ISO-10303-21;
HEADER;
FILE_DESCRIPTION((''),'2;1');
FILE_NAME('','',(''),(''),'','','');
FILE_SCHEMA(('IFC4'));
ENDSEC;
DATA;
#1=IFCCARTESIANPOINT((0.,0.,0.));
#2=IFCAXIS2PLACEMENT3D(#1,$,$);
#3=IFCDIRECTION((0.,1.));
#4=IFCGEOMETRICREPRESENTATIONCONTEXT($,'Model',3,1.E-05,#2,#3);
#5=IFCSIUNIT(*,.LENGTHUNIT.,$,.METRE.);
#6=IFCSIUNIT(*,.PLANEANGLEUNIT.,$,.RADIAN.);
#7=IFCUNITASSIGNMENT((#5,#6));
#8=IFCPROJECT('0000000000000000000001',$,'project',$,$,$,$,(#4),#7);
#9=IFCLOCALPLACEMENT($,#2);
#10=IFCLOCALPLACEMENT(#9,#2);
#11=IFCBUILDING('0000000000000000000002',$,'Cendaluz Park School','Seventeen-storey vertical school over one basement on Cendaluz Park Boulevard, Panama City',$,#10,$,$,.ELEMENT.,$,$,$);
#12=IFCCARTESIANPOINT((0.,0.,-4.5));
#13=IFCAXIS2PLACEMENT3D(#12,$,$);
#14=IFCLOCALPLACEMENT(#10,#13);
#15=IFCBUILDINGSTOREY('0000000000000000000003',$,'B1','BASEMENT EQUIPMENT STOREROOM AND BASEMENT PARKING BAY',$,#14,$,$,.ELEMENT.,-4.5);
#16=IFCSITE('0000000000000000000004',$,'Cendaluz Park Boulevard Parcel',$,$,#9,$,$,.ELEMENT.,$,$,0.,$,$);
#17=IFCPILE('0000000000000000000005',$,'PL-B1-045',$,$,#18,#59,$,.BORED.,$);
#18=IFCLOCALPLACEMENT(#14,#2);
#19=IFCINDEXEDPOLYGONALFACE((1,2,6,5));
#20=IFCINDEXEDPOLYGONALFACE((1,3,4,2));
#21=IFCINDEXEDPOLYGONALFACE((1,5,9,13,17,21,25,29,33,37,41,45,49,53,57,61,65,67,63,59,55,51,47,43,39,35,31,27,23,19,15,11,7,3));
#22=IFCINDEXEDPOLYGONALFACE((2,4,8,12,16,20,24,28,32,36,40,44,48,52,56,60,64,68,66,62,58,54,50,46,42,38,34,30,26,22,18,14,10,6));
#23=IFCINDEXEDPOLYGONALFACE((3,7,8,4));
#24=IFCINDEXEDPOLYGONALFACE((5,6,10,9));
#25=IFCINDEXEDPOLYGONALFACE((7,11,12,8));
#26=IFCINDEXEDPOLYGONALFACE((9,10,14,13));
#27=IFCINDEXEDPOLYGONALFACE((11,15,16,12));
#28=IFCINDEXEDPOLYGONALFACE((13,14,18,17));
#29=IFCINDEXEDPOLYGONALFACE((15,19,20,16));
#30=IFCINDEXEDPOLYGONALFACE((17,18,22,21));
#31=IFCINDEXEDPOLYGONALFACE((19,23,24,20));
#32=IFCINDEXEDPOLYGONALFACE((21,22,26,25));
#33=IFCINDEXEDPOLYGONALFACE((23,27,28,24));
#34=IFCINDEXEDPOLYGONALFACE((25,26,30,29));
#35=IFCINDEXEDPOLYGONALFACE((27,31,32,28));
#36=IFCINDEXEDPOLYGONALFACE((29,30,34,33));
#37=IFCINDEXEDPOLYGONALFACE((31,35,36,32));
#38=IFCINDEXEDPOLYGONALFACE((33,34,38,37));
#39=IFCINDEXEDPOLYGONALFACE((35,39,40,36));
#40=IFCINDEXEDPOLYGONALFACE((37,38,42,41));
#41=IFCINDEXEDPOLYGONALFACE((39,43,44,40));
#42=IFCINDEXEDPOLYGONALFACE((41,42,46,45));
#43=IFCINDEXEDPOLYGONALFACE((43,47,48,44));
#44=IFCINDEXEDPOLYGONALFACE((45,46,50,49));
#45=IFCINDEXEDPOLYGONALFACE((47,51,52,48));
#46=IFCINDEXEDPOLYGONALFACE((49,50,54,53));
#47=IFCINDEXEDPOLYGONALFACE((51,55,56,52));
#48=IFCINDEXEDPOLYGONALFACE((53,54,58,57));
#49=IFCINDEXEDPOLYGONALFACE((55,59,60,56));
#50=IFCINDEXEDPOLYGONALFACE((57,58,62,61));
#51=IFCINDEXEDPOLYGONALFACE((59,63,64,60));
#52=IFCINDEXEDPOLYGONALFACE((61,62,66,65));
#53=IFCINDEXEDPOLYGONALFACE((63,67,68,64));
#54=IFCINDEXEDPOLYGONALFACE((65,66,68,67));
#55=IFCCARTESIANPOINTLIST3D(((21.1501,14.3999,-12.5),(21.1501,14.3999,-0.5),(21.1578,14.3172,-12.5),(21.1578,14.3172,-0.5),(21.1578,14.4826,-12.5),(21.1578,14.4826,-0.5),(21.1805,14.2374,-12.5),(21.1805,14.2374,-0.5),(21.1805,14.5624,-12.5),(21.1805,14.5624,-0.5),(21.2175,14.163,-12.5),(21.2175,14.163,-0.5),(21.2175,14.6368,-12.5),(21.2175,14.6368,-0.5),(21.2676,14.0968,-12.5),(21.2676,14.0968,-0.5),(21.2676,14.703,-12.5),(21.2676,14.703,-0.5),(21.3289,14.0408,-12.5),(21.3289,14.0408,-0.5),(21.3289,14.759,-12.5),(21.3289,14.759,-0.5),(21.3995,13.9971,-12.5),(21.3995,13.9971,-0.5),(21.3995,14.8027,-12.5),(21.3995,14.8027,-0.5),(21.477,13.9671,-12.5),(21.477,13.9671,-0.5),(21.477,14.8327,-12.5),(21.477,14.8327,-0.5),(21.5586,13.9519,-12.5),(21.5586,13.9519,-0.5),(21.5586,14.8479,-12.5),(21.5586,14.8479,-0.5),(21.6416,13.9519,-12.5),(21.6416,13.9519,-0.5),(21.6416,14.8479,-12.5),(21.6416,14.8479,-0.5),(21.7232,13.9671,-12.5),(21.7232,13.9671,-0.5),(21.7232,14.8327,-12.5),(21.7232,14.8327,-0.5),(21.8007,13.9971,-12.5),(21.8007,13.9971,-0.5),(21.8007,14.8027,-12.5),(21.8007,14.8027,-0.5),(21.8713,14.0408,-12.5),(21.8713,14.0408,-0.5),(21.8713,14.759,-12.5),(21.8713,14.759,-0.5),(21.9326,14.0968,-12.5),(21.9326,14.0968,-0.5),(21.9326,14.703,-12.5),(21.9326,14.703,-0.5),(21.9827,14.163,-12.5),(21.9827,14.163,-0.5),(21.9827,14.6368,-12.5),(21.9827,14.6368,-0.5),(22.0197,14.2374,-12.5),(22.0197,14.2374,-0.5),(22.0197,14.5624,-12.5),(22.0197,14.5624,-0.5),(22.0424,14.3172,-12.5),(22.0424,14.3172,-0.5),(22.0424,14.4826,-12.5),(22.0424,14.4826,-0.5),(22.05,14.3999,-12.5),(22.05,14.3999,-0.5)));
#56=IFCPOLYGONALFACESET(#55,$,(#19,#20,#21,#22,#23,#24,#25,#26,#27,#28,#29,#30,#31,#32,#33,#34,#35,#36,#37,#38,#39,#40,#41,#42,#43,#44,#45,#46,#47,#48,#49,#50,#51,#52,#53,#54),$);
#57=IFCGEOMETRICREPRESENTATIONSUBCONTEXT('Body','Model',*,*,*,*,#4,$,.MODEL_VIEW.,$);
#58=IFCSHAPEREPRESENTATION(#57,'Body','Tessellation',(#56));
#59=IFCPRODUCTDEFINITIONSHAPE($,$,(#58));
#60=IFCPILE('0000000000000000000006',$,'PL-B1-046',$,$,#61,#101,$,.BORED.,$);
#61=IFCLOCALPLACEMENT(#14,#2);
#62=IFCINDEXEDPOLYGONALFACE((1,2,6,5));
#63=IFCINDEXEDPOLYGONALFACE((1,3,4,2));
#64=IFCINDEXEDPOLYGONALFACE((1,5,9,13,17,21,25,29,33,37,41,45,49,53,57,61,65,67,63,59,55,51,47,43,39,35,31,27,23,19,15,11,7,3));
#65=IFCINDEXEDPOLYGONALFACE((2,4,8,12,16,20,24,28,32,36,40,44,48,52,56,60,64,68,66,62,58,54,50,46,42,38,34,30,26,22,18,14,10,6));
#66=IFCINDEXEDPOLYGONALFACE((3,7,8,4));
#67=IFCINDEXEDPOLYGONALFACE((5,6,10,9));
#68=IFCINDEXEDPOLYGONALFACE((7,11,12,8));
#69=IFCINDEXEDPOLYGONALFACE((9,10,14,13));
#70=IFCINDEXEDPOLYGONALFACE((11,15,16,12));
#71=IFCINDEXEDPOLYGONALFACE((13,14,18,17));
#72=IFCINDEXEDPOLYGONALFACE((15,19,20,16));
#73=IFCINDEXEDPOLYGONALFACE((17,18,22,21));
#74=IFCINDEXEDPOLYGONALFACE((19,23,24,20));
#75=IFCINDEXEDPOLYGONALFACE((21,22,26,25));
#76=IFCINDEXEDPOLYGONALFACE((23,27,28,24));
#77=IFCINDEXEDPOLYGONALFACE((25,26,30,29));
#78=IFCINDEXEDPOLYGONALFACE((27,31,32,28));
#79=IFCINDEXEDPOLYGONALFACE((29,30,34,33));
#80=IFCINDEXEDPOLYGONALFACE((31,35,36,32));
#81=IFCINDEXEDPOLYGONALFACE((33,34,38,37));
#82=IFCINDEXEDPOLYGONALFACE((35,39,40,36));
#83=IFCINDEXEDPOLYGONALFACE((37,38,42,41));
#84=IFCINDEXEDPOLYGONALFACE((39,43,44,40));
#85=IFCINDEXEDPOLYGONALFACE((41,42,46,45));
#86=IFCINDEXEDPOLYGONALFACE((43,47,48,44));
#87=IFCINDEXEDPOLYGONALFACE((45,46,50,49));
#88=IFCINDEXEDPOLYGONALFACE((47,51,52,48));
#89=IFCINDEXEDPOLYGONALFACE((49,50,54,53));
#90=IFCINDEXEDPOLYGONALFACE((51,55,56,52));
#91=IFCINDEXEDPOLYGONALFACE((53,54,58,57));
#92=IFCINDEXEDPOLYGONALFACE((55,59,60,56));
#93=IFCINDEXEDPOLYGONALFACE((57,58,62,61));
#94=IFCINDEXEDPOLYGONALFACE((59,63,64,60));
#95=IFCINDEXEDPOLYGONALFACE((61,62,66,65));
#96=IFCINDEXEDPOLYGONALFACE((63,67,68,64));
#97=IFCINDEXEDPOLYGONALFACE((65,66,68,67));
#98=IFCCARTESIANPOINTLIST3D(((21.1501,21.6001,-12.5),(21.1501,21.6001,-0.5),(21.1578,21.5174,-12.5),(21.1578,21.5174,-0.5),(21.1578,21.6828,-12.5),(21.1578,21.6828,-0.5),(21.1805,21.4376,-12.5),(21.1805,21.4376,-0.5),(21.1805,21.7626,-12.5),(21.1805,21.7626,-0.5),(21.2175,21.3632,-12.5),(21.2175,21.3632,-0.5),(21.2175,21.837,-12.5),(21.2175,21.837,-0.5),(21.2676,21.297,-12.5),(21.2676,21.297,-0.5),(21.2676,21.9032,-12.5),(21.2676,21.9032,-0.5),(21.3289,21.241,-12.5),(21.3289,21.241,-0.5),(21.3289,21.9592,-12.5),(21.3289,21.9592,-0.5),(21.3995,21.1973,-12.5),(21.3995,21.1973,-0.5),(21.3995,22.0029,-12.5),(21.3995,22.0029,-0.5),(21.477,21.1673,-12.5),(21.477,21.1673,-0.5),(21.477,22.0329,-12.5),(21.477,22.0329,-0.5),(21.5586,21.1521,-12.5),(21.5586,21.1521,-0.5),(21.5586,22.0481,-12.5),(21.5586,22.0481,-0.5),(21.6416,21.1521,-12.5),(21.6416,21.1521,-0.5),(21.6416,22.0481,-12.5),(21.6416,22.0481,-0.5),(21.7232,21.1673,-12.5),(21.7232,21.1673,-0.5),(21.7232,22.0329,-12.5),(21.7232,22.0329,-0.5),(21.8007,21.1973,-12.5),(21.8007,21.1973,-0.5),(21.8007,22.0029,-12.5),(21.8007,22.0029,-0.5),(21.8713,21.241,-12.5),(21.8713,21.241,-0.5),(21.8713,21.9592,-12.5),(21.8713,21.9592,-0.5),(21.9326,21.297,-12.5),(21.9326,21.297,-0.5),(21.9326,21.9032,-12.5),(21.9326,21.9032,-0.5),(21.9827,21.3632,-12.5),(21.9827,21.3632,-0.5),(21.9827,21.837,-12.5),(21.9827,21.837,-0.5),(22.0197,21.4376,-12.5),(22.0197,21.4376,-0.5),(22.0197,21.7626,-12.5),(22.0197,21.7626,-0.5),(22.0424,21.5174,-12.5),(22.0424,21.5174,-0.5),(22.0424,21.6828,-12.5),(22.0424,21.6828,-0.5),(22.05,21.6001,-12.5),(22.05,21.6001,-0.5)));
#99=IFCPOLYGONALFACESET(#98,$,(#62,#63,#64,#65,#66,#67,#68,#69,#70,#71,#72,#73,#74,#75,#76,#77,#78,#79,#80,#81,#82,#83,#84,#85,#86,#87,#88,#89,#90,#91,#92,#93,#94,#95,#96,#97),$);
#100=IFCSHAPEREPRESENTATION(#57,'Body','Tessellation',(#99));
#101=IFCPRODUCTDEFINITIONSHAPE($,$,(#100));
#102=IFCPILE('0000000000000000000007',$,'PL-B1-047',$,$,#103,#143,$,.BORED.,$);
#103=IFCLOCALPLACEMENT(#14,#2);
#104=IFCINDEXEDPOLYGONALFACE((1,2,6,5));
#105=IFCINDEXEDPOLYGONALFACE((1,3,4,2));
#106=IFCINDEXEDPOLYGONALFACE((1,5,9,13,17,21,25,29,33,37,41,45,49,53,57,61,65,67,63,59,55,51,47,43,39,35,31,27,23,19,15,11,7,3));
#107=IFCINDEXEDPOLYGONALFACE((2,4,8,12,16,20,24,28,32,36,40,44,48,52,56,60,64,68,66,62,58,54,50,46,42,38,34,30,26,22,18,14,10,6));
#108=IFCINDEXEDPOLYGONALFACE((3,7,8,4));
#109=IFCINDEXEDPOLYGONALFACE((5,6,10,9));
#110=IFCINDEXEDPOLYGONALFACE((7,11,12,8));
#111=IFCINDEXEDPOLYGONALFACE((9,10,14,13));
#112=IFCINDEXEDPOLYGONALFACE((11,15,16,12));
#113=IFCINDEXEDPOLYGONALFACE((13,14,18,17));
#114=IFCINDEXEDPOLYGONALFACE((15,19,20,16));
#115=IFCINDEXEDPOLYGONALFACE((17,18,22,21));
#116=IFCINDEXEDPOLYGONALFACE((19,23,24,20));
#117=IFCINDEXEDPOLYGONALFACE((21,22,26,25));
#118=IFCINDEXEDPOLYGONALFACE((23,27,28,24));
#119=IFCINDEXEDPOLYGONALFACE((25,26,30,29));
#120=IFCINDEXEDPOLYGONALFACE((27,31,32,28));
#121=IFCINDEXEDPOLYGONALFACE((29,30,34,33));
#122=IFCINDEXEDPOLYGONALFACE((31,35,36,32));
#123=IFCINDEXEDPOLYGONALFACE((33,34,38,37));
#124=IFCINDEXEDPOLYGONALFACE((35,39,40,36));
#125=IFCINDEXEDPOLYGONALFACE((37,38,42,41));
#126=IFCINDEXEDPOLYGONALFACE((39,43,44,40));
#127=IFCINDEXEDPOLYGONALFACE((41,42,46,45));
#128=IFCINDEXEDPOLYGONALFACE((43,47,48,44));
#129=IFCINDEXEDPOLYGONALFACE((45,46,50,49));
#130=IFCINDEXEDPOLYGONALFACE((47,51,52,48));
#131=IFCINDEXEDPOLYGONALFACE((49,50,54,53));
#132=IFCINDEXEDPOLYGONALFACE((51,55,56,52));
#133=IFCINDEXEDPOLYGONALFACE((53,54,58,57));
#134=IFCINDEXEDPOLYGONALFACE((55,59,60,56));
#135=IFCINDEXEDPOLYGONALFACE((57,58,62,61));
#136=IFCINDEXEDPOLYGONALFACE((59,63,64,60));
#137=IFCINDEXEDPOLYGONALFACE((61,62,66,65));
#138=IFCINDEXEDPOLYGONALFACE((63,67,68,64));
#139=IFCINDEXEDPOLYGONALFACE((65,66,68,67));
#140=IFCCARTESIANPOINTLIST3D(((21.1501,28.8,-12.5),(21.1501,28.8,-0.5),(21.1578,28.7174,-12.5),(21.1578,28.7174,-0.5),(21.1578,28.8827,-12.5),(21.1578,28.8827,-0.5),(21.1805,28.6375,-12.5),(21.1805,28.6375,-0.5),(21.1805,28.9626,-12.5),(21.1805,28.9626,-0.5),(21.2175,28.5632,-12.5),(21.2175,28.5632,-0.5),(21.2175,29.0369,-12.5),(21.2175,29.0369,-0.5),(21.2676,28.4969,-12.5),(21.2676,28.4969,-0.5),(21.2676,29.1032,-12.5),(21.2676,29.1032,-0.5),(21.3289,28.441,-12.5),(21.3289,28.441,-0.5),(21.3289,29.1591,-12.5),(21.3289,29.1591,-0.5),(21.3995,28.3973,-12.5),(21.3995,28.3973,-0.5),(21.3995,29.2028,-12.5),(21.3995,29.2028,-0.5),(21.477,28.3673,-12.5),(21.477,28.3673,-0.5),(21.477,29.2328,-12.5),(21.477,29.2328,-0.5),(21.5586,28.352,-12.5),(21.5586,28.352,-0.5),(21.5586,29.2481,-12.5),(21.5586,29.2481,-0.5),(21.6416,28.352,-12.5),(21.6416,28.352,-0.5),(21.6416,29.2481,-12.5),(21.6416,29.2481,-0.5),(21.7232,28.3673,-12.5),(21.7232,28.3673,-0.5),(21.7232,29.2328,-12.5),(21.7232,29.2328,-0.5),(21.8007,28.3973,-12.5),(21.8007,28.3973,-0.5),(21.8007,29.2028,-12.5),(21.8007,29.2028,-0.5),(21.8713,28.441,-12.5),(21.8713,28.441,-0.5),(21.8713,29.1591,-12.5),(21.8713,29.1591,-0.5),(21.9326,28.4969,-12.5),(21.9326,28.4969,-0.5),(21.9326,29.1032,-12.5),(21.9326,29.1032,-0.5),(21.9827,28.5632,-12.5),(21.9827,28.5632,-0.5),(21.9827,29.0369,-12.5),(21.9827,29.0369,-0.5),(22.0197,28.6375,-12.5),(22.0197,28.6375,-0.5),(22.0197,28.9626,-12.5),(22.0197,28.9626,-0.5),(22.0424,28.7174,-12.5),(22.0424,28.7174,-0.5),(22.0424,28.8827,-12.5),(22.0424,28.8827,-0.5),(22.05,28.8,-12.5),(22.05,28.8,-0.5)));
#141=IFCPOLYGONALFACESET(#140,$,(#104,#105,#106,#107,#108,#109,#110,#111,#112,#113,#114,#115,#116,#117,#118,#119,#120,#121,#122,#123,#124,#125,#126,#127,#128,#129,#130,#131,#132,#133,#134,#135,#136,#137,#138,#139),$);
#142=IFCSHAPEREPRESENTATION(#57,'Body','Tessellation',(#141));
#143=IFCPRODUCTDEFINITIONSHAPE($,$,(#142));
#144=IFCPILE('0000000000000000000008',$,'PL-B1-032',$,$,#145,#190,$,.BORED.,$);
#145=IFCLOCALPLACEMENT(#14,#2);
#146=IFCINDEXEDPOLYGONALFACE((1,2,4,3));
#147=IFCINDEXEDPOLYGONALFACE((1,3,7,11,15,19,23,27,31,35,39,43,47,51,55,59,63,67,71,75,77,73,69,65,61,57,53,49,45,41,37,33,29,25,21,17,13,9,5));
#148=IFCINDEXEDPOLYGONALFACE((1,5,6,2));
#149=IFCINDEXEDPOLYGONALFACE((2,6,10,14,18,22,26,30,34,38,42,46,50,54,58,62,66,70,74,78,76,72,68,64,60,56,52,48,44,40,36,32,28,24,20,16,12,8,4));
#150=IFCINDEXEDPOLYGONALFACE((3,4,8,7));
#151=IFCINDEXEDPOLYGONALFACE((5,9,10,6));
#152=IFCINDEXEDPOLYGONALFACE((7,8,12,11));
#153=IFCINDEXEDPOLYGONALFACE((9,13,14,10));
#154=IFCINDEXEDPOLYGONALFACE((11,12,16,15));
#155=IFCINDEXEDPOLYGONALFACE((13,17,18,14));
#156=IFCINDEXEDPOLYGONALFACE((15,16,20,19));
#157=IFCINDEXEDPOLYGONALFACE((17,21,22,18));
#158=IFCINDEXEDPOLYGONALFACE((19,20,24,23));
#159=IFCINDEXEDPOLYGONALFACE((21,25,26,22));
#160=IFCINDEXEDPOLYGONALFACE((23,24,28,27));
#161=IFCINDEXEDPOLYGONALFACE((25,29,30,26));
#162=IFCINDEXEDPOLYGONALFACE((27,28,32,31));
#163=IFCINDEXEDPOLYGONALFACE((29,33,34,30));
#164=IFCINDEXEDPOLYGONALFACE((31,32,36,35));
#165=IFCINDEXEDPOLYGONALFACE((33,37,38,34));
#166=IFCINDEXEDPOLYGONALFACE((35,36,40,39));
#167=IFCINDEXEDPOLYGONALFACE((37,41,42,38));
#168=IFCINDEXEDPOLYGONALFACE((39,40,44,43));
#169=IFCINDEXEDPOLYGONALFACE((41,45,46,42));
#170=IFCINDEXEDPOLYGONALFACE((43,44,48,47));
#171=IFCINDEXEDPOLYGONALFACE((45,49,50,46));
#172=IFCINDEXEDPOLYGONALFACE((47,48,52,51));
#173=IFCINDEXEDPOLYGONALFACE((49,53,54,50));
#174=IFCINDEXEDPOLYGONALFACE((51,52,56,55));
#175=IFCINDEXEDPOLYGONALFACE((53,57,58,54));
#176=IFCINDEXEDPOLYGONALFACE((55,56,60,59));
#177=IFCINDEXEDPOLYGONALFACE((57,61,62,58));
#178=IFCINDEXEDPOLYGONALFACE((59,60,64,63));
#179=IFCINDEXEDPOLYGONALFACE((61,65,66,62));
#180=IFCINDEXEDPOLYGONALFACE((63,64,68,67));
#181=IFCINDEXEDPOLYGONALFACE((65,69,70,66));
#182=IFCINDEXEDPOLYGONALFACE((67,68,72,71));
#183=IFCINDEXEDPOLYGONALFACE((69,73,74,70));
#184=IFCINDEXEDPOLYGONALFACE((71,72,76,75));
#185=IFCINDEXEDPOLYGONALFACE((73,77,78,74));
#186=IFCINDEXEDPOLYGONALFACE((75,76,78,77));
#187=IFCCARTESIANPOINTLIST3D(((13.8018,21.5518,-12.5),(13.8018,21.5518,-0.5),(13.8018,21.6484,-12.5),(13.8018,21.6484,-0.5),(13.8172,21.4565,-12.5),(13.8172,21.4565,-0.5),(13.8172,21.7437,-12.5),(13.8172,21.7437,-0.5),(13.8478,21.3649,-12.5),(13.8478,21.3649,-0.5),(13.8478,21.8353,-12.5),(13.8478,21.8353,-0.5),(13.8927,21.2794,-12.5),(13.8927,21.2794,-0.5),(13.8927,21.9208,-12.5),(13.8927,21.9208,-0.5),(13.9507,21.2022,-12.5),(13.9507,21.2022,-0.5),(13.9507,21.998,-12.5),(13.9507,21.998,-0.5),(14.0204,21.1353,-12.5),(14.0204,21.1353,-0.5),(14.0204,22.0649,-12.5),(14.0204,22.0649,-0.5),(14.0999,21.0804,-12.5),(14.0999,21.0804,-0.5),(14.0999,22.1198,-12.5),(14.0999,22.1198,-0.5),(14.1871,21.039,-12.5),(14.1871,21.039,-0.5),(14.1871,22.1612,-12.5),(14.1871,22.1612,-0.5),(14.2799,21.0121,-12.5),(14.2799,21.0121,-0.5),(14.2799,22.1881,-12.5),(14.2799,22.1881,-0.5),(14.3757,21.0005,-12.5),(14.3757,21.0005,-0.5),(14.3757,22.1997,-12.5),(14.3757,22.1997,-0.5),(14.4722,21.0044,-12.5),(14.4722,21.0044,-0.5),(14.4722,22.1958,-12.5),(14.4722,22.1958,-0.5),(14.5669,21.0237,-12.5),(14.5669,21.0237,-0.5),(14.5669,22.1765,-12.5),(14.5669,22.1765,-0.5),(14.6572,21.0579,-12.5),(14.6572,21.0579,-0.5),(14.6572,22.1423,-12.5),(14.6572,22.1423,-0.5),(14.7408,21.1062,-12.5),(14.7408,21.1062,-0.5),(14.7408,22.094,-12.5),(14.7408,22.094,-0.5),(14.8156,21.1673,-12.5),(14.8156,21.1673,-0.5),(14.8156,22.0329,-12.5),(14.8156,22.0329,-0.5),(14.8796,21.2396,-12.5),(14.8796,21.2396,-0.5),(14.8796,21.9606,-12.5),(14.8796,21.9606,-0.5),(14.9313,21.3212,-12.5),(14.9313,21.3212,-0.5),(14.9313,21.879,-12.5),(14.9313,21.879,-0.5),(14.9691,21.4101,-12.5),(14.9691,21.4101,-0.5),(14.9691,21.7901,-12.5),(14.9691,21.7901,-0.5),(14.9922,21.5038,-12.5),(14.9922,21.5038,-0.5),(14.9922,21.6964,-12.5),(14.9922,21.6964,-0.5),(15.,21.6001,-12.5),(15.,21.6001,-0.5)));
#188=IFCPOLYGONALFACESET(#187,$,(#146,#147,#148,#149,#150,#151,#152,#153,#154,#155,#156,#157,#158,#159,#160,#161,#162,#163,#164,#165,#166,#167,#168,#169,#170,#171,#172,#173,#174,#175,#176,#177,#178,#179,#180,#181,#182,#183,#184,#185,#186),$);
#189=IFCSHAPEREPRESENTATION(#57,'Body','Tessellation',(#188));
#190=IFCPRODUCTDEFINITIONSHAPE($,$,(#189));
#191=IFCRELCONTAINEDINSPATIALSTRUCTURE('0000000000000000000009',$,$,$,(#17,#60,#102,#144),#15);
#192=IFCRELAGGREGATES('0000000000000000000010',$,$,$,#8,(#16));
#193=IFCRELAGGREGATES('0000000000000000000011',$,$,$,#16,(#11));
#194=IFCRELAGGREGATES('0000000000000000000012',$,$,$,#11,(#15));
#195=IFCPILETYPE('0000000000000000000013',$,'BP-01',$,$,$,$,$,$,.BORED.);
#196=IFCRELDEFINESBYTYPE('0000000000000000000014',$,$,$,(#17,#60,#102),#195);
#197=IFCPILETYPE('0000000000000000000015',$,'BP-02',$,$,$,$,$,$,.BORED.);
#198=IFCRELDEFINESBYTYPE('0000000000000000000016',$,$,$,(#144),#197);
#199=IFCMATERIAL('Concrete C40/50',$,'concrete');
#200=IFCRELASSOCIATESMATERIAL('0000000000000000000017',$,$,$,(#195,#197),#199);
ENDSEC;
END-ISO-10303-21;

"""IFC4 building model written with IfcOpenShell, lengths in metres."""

from ifc_helpers import new_model, si_unit, direction, frame, origin, origin_2d, place, context, subcontext, project, spatial, circle, extrude, material, material_profile, profile_set, type_object, element, save


model = new_model("IFC4")

# Units and contexts
model_context = context("Model", 3, precision=1e-05, world=origin(), true_north=direction((0.0, 1.0)))
body_context = subcontext(model_context, "Body", "Model", "MODEL_VIEW")
ifc_project = project(units=[si_unit("LENGTHUNIT", "METRE"), si_unit("PLANEANGLEUNIT", "RADIAN")], contexts=[model_context])

# Site, building, storey
site_placement = place(None, origin())
site = spatial("IfcSite", under=ifc_project, at=site_placement, Name="Cendaluz Park Boulevard Parcel", CompositionType="ELEMENT", RefElevation=0.0)
building_placement = place(site_placement, origin())
building = spatial("IfcBuilding", under=site, at=building_placement, Name="Cendaluz Park School", Description="Seventeen-storey vertical school over one basement on Cendaluz Park Boulevard, Panama City", CompositionType="ELEMENT")
storey_placement = place(building_placement, frame((0.0, 0.0, -4.5)))
storey = spatial("IfcBuildingStorey", under=building, at=storey_placement, Name="B1", Description="BASEMENT EQUIPMENT STOREROOM AND BASEMENT PARKING BAY", CompositionType="ELEMENT", Elevation=-4.5)

# Piles
ifc_material_1 = material(Name="Concrete C40/50", Category="concrete")
ifc_material_profile_1 = material_profile(ifc_material_1, circle(Radius=0.45, at=origin_2d()), Name="BP D900", Category="concrete")
ifc_profile_set_1 = profile_set([ifc_material_profile_1], Name="Concrete C40/50")
pile_type_1 = type_object("IfcPileType", Name="BP-01", PredefinedType="BORED", material=ifc_profile_set_1)
for number, where, z_axis, x_axis, name in (
    (1, (21.6001, 14.3999, -0.5), (0.0, 0.0, -1.0), (1.0, 0.0, 0.0), "PL-B1-045"),
    (2, (21.6001, 21.6001, -0.5), (0.0, 0.0, -1.0), (1.0, 0.0, 0.0), "PL-B1-046"),
    (3, (21.6001, 28.8, -0.5), (0.0, 0.0, -1.0), (1.0, 0.0, 0.0), "PL-B1-047"),
):
    element("IfcPile", number, at=place(storey_placement, frame(where, z_axis=z_axis, x_axis=x_axis)), inside=storey, type_object=pile_type_1, Name=name, PredefinedType="BORED", context=body_context, shape_type="SweptSolid", body=[
        extrude(circle(Radius=0.45, at=origin_2d()), origin(), (0.0, 0.0, 1.0), 12.0),
    ])
ifc_material_profile_2 = material_profile(ifc_material_1, circle(Radius=0.6001, at=origin_2d()), Name="BP D1200", Category="concrete")
ifc_profile_set_2 = profile_set([ifc_material_profile_2], Name="Concrete C40/50")
pile_type_2 = type_object("IfcPileType", Name="BP-02", PredefinedType="BORED", material=ifc_profile_set_2)
for number, where, z_axis, x_axis, name in (
    (4, (14.3999, 21.6001, -0.5), (0.0, 0.0, -1.0), (1.0, 0.0, 0.0), "PL-B1-032"),
):
    element("IfcPile", number, at=place(storey_placement, frame(where, z_axis=z_axis, x_axis=x_axis)), inside=storey, type_object=pile_type_2, Name=name, PredefinedType="BORED", context=body_context, shape_type="SweptSolid", body=[
        extrude(circle(Radius=0.6001, at=origin_2d()), origin(), (0.0, 0.0, 1.0), 12.0),
    ])

save(model, "model.ifc")
